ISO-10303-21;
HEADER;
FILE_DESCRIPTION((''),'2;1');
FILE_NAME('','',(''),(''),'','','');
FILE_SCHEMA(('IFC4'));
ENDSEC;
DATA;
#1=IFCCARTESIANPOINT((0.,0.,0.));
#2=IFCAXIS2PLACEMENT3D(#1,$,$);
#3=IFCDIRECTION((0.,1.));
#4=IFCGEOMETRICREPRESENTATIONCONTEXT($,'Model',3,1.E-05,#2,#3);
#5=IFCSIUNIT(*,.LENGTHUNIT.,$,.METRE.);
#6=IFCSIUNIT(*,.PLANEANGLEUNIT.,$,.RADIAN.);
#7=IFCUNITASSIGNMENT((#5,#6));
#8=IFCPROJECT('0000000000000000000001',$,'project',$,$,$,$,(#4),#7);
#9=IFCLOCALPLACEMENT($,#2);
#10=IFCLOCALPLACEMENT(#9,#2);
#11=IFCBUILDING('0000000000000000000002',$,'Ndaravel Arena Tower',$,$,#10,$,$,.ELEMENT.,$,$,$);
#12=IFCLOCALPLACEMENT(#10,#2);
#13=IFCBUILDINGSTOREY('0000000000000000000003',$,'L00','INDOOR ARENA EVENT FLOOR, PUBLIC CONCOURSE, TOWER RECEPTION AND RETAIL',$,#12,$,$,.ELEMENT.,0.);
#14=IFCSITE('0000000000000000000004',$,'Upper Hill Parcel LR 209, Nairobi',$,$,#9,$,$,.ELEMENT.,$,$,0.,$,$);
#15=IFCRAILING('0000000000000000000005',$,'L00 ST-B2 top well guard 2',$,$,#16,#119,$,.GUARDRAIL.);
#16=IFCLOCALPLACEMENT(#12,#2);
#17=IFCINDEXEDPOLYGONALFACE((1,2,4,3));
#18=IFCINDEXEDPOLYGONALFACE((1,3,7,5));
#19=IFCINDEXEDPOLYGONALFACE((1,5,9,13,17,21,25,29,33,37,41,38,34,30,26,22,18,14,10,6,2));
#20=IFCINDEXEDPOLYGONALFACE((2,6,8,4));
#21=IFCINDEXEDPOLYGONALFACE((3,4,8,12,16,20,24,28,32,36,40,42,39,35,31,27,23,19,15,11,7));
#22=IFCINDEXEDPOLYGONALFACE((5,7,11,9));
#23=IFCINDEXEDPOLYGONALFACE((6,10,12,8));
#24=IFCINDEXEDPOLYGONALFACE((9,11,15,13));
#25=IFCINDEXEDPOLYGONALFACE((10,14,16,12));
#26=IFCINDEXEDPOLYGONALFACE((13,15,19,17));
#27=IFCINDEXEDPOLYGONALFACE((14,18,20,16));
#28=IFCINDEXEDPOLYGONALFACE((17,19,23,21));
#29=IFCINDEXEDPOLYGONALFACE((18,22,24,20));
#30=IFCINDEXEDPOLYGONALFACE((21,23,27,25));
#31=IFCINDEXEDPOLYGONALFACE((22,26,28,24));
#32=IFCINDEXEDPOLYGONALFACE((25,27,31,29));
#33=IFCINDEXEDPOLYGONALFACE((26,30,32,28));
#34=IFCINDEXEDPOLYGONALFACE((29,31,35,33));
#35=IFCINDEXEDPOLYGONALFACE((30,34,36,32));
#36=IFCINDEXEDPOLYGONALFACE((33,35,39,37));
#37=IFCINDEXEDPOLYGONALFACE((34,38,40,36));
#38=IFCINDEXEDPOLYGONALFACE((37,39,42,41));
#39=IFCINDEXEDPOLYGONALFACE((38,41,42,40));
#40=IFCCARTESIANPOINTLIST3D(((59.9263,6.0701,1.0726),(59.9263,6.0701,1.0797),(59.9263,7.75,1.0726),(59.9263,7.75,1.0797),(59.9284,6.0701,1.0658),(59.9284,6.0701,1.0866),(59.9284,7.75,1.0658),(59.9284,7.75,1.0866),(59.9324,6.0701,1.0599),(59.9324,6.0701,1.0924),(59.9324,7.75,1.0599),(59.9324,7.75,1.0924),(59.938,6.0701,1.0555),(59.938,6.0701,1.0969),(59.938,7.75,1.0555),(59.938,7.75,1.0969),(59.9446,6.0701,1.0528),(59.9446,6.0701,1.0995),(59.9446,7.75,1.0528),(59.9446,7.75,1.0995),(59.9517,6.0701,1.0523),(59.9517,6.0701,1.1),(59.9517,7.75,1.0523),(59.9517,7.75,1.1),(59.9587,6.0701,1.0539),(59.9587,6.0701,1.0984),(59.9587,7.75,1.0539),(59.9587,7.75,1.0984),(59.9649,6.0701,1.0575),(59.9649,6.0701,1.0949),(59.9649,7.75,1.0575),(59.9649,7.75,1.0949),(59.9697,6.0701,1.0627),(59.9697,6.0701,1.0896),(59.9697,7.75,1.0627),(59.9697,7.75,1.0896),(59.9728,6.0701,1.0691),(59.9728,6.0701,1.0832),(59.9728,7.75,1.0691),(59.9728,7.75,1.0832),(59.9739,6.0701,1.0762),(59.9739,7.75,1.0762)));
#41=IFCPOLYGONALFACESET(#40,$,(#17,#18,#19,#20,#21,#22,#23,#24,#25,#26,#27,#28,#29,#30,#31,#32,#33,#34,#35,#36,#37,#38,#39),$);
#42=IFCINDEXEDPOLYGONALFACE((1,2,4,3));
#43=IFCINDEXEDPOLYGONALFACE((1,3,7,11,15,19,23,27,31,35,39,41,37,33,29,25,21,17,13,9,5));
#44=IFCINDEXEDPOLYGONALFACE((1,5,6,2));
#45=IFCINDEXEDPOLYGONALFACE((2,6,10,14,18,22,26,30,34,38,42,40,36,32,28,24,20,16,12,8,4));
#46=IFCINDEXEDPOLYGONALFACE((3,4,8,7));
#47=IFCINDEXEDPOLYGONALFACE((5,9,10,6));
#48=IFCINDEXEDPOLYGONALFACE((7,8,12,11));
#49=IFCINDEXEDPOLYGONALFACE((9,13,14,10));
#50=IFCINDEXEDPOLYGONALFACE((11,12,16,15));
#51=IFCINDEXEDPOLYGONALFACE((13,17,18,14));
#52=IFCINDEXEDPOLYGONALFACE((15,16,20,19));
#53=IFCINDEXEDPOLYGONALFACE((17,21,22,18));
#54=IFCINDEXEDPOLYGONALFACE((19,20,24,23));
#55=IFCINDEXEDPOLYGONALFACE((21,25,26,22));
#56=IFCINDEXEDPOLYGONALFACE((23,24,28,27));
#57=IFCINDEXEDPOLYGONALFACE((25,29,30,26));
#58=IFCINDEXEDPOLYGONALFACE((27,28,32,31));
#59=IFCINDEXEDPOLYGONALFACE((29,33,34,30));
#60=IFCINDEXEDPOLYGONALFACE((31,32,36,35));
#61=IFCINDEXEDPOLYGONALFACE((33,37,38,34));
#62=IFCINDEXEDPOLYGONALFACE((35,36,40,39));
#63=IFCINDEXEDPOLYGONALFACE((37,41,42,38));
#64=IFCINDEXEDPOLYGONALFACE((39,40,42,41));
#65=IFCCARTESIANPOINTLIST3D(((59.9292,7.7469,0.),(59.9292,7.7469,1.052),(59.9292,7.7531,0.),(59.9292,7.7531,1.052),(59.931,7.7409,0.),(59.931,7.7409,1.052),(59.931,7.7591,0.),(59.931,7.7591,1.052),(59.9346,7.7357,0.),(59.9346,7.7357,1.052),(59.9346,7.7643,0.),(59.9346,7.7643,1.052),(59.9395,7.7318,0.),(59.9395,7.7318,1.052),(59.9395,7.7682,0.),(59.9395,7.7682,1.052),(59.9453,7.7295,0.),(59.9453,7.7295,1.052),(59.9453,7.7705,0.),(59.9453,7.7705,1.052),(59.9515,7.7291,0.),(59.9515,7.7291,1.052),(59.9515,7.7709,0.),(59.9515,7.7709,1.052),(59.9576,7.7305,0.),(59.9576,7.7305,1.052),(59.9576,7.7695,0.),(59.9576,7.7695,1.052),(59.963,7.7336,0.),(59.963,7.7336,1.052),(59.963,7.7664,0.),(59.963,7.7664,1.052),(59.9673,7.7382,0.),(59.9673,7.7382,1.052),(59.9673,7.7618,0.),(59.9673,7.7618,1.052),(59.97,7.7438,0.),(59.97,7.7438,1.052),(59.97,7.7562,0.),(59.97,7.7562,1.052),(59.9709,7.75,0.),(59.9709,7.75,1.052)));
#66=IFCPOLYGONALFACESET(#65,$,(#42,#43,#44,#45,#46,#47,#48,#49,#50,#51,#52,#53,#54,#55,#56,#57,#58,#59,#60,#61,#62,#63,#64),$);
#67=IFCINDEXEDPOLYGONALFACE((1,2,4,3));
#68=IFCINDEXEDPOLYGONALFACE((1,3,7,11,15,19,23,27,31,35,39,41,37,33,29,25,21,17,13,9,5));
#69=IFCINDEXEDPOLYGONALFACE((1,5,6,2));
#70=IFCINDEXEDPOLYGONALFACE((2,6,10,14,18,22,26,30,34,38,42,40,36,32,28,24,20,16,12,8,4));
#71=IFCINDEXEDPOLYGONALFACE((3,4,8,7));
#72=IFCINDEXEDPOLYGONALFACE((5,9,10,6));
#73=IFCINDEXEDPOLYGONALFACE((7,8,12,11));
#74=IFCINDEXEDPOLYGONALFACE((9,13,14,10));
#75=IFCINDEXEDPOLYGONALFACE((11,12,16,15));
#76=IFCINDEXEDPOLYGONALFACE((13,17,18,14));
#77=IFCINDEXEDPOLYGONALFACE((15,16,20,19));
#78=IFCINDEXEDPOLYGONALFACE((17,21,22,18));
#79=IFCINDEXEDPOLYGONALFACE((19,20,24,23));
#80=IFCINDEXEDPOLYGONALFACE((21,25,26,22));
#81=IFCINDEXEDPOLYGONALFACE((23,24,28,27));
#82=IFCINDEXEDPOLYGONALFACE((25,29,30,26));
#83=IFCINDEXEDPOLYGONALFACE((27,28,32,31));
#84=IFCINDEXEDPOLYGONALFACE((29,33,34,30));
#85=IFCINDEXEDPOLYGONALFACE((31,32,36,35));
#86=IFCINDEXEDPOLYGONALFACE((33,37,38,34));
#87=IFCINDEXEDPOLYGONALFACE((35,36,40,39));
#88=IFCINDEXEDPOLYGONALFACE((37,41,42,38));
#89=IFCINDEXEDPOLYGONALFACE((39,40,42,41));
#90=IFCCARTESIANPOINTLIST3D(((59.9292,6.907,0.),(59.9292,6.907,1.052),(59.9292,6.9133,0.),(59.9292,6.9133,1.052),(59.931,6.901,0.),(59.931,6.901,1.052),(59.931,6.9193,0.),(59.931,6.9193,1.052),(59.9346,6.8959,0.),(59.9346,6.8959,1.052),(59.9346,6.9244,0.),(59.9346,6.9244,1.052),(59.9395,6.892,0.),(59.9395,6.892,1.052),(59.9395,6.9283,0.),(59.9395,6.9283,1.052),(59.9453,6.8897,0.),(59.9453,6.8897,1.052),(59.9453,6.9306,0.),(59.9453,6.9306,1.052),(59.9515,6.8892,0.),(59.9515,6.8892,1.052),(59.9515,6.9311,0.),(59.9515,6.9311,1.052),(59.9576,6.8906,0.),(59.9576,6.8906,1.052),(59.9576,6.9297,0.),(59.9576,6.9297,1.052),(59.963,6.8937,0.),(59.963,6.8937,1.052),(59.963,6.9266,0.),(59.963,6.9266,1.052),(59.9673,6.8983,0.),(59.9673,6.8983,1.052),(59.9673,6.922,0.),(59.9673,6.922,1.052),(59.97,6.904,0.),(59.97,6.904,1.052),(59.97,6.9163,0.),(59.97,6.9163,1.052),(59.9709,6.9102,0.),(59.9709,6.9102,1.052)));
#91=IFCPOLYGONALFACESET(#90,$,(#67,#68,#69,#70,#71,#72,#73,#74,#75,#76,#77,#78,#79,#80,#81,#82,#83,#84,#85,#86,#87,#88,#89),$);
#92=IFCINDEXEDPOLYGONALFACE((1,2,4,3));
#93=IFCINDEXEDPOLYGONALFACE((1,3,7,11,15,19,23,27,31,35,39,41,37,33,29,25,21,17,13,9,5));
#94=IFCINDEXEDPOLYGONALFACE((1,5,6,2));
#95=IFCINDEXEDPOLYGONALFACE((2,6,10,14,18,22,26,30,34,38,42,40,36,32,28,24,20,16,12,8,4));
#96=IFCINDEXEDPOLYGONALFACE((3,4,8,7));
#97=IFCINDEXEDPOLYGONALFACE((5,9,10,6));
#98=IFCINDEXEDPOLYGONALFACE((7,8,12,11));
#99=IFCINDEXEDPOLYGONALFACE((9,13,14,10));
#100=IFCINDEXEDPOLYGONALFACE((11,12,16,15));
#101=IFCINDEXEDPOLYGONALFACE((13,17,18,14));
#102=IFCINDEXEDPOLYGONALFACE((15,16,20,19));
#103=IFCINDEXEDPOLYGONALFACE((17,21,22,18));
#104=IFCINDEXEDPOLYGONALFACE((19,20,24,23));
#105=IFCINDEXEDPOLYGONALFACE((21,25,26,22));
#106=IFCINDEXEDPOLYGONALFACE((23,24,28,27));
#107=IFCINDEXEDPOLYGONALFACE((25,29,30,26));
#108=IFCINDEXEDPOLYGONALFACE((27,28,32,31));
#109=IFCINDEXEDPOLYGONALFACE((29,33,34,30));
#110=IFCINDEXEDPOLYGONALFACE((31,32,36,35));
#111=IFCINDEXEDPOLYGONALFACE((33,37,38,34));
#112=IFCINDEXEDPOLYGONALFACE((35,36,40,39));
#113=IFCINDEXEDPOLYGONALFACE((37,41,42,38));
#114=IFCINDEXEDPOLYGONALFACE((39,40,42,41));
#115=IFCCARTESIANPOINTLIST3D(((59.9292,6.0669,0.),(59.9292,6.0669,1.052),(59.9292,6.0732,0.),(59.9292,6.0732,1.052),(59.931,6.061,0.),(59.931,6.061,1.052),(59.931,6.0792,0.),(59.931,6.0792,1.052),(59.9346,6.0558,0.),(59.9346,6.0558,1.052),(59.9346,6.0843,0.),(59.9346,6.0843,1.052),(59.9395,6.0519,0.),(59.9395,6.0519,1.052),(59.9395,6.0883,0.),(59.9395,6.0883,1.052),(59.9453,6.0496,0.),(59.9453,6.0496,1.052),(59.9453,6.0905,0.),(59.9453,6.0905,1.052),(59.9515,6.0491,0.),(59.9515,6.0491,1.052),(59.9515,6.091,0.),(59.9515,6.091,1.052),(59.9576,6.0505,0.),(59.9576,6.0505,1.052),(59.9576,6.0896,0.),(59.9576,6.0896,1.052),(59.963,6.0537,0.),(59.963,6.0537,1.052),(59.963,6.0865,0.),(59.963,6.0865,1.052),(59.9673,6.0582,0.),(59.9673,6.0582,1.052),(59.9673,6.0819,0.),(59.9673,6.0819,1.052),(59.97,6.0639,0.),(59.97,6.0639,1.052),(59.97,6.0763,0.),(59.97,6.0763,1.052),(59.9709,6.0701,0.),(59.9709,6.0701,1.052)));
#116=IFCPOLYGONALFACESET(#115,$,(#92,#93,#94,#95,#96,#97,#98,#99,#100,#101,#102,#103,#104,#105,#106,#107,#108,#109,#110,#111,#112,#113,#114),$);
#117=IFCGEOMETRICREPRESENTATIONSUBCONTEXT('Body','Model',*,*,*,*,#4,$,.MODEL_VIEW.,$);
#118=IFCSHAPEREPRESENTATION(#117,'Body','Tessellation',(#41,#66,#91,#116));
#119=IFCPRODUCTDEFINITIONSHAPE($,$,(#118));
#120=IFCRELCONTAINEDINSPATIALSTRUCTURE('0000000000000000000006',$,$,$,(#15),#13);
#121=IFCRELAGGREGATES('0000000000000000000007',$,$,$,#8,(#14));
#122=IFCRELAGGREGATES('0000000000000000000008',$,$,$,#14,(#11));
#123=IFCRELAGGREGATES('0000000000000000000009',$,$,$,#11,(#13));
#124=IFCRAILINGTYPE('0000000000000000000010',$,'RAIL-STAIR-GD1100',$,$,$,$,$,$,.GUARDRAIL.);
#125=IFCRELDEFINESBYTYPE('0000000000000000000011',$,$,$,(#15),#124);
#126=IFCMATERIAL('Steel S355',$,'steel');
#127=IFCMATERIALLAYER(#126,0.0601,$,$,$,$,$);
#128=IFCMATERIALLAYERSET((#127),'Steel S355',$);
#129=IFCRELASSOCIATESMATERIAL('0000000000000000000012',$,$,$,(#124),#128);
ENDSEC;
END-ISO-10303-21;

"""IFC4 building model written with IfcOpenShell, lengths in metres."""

from ifc_helpers import new_model, si_unit, direction, frame, origin, origin_2d, place, context, subcontext, project, spatial, circle, extrude, material, layer, layer_set, type_object, element, save


model = new_model("IFC4")

# Units and contexts
model_context = context("Model", 3, precision=1e-05, world=origin(), true_north=direction((0.0, 1.0)))
body_context = subcontext(model_context, "Body", "Model", "MODEL_VIEW")
ifc_project = project(units=[si_unit("LENGTHUNIT", "METRE"), si_unit("PLANEANGLEUNIT", "RADIAN")], contexts=[model_context])

# Site, building, storey
site_placement = place(None, origin())
site = spatial("IfcSite", under=ifc_project, at=site_placement, Name="Upper Hill Parcel LR 209, Nairobi", CompositionType="ELEMENT", RefElevation=0.0)
building_placement = place(site_placement, origin())
building = spatial("IfcBuilding", under=site, at=building_placement, Name="Ndaravel Arena Tower", CompositionType="ELEMENT")
storey_placement = place(building_placement, origin())
storey = spatial("IfcBuildingStorey", under=building, at=storey_placement, Name="L00", Description="INDOOR ARENA EVENT FLOOR, PUBLIC CONCOURSE, TOWER RECEPTION AND RETAIL", CompositionType="ELEMENT", Elevation=0.0)

# Railing
ifc_material_1 = material(Name="Steel S355", Category="steel")
ifc_layer_1 = layer(ifc_material_1, 0.0601)
ifc_layer_set_1 = layer_set([ifc_layer_1], Name="Steel S355")
railing_type_1 = type_object("IfcRailingType", Name="RAIL-STAIR-GD1100", PredefinedType="GUARDRAIL", material=ifc_layer_set_1)
for number, where, name in (
    (1, (59.95, 7.75, 0.0), "L00 ST-B2 top well guard 2"),
):
    element("IfcRailing", number, at=place(storey_placement, frame(where)), inside=storey, type_object=railing_type_1, Name=name, PredefinedType="GUARDRAIL", context=body_context, shape_type="SweptSolid", body=[
        extrude(circle(Radius=0.0239, at=origin_2d()), frame((0.0, 0.0, 1.0762), z_axis=(0.0, -1.0, 0.0), x_axis=(1.0, 0.0, 0.0)), (0.0, 0.0, 1.0), 1.6799),
        extrude(circle(Radius=0.021, at=origin_2d()), origin(), (0.0, 0.0, 1.0), 1.052),
        extrude(circle(Radius=0.021, at=origin_2d()), frame((0.0, -0.8398, 0.0)), (0.0, 0.0, 1.0), 1.052),
        extrude(circle(Radius=0.021, at=origin_2d()), frame((0.0, -1.6799, 0.0)), (0.0, 0.0, 1.0), 1.052),
    ])

save(model, "model.ifc")
